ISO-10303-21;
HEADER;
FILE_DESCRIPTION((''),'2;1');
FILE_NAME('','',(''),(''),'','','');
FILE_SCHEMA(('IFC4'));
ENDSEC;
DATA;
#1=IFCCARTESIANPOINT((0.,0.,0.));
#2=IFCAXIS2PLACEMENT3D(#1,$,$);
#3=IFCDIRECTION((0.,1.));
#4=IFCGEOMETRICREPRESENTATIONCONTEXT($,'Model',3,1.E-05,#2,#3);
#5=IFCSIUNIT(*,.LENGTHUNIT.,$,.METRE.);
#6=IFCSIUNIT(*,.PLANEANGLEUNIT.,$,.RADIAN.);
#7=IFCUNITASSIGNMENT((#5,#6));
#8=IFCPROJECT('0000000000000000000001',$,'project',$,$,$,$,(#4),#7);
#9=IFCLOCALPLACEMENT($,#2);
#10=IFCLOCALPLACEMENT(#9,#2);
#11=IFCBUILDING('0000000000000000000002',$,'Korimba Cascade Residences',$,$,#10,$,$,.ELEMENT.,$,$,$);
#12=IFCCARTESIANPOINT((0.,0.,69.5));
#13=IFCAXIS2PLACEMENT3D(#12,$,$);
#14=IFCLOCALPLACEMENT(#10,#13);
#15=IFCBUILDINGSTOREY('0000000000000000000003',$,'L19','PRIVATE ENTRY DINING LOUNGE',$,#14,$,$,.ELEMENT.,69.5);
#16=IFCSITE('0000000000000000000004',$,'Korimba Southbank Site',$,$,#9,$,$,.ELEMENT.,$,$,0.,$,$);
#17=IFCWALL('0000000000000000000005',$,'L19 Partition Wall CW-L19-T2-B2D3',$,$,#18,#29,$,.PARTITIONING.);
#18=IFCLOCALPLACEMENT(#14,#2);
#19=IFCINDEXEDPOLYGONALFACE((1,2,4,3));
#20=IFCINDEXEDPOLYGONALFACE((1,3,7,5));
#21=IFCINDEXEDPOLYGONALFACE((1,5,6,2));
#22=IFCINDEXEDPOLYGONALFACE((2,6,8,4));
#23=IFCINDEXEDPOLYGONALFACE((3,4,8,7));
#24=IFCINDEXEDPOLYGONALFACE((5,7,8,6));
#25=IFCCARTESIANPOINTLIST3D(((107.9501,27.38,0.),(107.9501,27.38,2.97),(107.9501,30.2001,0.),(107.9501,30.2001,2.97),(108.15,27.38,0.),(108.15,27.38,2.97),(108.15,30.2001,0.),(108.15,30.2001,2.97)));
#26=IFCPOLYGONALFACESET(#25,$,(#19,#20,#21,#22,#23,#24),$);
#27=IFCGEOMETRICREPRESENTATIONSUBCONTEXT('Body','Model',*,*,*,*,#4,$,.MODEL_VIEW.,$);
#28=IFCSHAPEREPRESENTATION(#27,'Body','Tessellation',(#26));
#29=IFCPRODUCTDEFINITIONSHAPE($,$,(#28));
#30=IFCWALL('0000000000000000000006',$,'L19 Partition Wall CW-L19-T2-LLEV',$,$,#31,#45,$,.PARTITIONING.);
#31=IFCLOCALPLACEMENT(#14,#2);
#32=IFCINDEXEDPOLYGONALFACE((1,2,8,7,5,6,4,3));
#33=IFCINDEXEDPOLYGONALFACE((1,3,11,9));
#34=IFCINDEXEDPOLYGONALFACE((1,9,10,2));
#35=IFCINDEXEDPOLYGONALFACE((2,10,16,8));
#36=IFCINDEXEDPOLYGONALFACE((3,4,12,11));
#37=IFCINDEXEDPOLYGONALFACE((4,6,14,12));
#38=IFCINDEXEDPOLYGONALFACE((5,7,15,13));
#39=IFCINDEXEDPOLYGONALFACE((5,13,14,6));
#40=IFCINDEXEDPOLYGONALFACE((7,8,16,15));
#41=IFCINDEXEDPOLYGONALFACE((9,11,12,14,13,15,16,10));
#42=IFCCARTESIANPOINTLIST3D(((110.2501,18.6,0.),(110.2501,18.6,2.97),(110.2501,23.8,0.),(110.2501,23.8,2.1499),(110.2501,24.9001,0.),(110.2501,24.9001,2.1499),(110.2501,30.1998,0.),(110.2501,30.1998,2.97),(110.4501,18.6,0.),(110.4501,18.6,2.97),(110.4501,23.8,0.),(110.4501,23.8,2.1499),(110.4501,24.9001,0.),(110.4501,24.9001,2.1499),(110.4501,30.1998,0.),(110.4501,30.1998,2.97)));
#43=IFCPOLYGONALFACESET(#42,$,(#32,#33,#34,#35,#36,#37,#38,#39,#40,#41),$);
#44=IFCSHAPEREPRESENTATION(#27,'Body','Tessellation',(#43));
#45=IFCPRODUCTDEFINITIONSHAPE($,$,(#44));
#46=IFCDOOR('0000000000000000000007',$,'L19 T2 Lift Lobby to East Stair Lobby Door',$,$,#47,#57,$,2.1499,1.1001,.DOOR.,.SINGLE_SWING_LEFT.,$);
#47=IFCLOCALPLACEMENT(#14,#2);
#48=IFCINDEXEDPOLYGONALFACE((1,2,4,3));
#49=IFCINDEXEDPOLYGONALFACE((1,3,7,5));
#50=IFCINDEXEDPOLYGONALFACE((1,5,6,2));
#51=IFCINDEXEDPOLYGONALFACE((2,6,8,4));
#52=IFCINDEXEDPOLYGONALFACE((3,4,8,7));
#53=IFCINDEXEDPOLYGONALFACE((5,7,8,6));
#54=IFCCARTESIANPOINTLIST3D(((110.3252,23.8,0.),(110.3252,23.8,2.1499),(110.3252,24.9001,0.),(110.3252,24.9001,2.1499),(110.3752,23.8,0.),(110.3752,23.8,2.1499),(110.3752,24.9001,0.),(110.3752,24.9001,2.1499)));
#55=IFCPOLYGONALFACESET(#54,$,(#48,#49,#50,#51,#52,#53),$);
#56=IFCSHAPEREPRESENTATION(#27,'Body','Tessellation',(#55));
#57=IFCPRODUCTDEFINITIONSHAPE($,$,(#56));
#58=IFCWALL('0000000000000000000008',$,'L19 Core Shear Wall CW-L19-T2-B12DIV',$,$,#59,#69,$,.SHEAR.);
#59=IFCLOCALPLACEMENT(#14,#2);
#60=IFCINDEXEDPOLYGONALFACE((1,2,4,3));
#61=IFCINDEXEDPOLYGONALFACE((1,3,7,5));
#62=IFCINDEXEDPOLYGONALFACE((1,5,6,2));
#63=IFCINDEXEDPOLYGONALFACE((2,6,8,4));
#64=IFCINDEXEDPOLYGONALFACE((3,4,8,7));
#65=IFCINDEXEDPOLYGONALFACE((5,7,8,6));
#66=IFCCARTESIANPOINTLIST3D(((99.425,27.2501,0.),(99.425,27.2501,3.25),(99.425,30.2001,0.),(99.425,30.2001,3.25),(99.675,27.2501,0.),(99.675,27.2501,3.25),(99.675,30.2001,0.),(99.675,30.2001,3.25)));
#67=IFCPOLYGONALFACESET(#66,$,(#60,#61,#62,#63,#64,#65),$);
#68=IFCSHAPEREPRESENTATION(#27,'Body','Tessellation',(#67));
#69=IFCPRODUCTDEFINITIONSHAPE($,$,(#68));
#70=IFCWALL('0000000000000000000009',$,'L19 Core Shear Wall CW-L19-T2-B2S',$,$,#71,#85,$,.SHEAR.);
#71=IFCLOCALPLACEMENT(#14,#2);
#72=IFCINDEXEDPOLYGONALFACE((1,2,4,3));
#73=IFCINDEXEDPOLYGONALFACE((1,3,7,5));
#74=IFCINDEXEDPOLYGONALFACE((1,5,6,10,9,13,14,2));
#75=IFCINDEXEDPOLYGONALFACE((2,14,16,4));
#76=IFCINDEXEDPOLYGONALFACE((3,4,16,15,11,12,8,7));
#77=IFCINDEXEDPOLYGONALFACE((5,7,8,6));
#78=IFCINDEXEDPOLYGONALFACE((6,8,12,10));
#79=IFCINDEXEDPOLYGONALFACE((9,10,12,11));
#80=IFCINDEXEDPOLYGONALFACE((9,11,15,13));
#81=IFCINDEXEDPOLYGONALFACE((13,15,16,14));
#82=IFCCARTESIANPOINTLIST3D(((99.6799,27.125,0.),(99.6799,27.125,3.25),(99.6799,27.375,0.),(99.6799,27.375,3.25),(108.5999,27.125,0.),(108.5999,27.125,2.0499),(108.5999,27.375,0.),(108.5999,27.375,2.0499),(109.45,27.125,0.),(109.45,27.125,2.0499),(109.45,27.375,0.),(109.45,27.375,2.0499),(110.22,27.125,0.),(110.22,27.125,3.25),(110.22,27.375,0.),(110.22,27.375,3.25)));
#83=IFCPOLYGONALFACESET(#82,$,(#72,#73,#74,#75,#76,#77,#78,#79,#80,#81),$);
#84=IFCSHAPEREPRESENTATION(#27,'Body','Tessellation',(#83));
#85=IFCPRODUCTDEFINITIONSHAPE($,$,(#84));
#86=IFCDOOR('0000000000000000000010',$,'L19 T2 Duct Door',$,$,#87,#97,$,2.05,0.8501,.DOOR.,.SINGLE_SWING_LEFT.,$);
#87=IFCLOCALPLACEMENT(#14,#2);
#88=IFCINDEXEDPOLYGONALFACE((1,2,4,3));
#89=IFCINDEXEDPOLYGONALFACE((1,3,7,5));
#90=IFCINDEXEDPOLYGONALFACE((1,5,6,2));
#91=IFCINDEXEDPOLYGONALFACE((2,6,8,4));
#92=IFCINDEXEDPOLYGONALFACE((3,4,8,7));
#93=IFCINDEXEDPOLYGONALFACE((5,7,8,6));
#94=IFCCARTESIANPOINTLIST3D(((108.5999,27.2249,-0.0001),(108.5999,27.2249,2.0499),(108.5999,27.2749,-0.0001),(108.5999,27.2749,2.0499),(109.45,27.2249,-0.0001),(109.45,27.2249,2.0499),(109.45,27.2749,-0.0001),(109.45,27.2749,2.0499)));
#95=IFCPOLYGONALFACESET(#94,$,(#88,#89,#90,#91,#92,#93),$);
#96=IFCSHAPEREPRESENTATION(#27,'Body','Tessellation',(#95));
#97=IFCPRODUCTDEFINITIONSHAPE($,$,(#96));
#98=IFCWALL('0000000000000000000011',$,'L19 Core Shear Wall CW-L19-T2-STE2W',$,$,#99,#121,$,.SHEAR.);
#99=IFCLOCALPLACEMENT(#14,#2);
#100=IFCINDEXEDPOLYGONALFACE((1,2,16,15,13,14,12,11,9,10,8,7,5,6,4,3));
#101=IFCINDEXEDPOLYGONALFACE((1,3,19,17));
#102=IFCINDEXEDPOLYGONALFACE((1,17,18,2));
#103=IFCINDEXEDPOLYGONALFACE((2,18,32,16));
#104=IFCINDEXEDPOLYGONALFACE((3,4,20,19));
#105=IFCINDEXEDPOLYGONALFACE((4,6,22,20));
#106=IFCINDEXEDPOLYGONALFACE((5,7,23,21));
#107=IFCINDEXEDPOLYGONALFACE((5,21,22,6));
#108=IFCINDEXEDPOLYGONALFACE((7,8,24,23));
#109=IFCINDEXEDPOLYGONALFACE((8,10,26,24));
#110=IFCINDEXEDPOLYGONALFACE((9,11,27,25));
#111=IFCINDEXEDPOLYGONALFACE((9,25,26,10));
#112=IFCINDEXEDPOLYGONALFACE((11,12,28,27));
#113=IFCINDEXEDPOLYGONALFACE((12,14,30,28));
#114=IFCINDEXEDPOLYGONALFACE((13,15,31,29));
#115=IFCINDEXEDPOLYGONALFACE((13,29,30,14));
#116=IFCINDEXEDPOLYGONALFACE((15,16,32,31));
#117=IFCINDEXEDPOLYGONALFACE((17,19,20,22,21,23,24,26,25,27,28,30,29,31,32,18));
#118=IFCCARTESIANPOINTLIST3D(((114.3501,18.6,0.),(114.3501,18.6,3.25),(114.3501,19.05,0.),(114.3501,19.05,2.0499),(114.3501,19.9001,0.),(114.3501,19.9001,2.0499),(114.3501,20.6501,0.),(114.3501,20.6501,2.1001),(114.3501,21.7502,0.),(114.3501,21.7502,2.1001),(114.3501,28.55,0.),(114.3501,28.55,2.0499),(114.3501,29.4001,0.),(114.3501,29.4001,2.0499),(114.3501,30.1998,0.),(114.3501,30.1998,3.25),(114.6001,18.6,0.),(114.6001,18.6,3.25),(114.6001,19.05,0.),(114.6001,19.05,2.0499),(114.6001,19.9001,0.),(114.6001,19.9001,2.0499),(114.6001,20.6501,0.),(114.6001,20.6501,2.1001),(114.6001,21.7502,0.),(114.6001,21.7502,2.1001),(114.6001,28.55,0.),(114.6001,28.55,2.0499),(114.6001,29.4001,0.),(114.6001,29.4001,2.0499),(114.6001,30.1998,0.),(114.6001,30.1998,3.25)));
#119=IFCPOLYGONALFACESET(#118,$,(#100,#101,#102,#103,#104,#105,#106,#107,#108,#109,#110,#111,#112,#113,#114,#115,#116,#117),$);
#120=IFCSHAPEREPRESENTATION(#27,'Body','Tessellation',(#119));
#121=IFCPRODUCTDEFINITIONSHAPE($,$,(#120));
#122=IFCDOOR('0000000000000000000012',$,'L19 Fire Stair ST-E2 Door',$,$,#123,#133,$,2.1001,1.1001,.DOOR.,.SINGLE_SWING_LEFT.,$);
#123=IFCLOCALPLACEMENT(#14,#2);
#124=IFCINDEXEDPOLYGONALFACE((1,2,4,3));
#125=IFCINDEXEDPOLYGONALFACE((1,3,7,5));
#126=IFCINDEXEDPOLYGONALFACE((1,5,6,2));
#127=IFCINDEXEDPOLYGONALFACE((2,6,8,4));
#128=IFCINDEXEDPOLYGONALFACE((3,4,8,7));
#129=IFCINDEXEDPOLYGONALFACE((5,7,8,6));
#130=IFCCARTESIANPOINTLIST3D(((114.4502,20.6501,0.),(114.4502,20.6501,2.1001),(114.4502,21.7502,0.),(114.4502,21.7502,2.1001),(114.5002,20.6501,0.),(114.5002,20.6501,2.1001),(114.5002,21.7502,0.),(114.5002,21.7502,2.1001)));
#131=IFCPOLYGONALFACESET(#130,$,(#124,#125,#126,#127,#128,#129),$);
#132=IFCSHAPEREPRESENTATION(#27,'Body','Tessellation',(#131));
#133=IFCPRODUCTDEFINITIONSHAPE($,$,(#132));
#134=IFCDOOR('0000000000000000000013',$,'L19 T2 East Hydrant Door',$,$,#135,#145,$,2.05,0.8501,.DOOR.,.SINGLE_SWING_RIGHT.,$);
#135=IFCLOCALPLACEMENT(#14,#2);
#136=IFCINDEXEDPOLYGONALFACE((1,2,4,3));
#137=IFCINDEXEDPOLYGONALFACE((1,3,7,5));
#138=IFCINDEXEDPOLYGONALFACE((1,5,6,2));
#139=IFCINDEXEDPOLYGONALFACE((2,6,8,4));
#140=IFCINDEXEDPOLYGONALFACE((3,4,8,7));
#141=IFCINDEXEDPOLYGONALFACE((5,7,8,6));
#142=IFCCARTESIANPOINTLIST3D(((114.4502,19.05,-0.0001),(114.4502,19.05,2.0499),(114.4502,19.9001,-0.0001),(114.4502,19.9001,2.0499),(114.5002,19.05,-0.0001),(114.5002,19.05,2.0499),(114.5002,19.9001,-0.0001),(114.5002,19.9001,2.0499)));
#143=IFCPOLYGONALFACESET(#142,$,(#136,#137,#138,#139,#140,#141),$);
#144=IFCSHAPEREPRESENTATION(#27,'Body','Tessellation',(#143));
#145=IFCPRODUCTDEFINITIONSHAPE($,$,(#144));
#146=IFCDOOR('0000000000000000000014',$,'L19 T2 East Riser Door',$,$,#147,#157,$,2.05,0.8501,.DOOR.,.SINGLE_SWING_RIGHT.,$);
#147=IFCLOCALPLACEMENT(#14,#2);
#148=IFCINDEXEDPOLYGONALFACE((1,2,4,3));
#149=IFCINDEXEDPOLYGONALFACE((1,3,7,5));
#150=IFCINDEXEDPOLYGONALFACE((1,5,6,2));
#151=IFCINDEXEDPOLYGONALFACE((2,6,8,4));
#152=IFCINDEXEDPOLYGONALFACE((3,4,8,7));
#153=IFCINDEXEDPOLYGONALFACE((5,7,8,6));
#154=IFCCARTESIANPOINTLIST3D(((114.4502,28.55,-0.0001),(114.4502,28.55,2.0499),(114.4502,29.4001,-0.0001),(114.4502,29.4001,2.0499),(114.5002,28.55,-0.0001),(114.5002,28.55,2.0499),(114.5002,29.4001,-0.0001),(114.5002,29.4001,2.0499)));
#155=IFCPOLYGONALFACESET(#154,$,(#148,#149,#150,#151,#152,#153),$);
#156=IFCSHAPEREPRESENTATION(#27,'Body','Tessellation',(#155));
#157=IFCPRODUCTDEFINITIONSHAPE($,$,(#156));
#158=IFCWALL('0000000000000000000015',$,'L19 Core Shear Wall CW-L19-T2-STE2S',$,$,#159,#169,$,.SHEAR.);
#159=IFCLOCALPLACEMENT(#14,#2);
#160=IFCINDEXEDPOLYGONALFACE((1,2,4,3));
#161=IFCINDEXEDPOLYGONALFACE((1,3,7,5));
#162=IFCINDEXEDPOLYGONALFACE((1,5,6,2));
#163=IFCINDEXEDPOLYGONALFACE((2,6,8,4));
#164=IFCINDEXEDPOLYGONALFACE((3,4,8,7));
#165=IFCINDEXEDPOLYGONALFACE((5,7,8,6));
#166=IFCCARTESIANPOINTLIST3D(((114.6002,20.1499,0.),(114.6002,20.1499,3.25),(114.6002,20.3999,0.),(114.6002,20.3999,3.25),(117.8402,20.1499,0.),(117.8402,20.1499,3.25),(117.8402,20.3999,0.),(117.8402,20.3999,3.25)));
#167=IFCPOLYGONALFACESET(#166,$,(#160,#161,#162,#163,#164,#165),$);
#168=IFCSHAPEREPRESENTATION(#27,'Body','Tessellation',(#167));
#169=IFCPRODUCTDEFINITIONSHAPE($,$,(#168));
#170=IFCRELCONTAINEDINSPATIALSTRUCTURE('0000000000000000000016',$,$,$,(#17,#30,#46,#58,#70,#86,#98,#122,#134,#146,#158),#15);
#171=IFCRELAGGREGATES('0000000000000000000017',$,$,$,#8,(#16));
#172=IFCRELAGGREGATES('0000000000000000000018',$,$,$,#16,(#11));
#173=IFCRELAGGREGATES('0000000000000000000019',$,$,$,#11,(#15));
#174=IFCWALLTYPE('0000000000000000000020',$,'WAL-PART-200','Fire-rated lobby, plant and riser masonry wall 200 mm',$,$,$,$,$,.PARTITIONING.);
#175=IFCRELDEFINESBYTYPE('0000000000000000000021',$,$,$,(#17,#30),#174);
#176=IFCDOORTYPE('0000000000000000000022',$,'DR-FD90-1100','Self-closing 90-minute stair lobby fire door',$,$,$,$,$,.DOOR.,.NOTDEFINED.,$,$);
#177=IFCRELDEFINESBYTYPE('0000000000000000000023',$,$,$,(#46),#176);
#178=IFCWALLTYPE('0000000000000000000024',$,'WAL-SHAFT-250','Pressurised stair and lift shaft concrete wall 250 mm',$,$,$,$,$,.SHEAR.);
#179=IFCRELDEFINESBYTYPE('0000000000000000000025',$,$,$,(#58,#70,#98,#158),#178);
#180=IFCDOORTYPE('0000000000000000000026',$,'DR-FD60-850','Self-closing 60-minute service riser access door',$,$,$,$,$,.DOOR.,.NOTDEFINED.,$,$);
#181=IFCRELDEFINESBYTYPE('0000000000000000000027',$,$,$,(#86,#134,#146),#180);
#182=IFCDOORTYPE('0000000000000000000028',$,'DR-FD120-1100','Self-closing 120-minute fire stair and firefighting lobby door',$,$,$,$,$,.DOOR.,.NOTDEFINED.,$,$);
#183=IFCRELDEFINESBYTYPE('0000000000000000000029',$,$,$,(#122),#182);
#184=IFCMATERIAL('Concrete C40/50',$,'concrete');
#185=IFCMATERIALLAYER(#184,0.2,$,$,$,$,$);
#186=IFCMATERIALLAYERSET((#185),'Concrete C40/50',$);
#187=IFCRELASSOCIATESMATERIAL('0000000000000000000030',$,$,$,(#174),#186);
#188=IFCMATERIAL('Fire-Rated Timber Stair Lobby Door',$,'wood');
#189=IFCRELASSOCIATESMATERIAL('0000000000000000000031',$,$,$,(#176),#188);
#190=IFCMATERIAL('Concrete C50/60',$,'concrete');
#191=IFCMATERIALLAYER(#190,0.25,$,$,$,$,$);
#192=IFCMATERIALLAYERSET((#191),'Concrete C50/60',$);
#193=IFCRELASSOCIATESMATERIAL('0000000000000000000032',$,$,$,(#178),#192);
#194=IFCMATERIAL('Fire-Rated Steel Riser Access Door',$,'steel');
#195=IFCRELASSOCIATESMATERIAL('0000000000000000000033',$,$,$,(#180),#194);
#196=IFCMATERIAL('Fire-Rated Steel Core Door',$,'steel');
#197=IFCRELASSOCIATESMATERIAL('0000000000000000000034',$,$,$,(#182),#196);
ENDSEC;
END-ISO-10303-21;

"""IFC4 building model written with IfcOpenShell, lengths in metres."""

from ifc_helpers import new_model, si_unit, direction, frame, frame_2d, origin, place, context, subcontext, project, spatial, rectangle, extrude, material, layer, layer_set, type_object, element, fill, save


model = new_model("IFC4")

# Units and contexts
model_context = context("Model", 3, precision=1e-05, world=origin(), true_north=direction((0.0, 1.0)))
body_context = subcontext(model_context, "Body", "Model", "MODEL_VIEW")
ifc_project = project(units=[si_unit("LENGTHUNIT", "METRE"), si_unit("PLANEANGLEUNIT", "RADIAN")], contexts=[model_context])

# Site, building, storey
site_placement = place(None, origin())
site = spatial("IfcSite", under=ifc_project, at=site_placement, Name="Korimba Southbank Site", CompositionType="ELEMENT", RefElevation=0.0)
building_placement = place(site_placement, origin())
building = spatial("IfcBuilding", under=site, at=building_placement, Name="Korimba Cascade Residences", CompositionType="ELEMENT")
storey_placement = place(building_placement, frame((0.0, 0.0, 69.5)))
storey = spatial("IfcBuildingStorey", under=building, at=storey_placement, Name="L19", Description="PRIVATE ENTRY DINING LOUNGE", CompositionType="ELEMENT", Elevation=69.5)

# Shared definitions
ifc_material_1 = material(Name="Concrete C50/60", Category="concrete")

# Wall
ifc_material_2 = material(Name="Concrete C40/50", Category="concrete")
ifc_layer_1 = layer(ifc_material_2, 0.2)
ifc_layer_set_1 = layer_set([ifc_layer_1], Name="Concrete C40/50")
wall_type_1 = type_object("IfcWallType", Name="WAL-PART-200", Description="Fire-rated lobby, plant and riser masonry wall 200 mm", PredefinedType="PARTITIONING", material=ifc_layer_set_1)
for number, where, z_axis, x_axis, name in (
    (1, (108.05, 27.3799, 0.0), (0.0, 0.0, 1.0), (0.0, 1.0, 0.0), "L19 Partition Wall CW-L19-T2-B2D3"),
):
    element("IfcWall", number, at=place(storey_placement, frame(where, z_axis=z_axis, x_axis=x_axis)), inside=storey, type_object=wall_type_1, Name=name, PredefinedType="PARTITIONING", context=body_context, shape_type="SweptSolid", body=[
        extrude(rectangle(XDim=2.8201, YDim=0.2, at=frame_2d((1.4102, 0.0))), origin(), (0.0, 0.0, 1.0), 2.97),
    ])

# Wall, opening, door
wall_1_placement = place(storey_placement, frame((110.3501, 18.6001, 0.0), z_axis=(0.0, 0.0, 1.0), x_axis=(0.0, 1.0, 0.0)))
wall_1 = element("IfcWall", 2, at=wall_1_placement, inside=storey, type_object=wall_type_1, Name="L19 Partition Wall CW-L19-T2-LLEV", PredefinedType="PARTITIONING", context=body_context, shape_type="SweptSolid", body=[
    extrude(rectangle(XDim=11.5999, YDim=0.2, at=frame_2d((5.7998, 0.0))), origin(), (0.0, 0.0, 1.0), 2.97),
])
opening_1_placement = place(wall_1_placement, frame((5.2, 0.0, 0.0)))
opening_1 = element("IfcOpeningElement", 3, at=opening_1_placement, cuts=wall_1, PredefinedType="OPENING", context=body_context, shape_type="SweptSolid", body=[
    extrude(rectangle(XDim=1.1001, YDim=2.1499, at=frame_2d((0.55, 1.075))), frame((0.0, 0.1099, 0.0), z_axis=(0.0, -1.0, 0.0), x_axis=(1.0, 0.0, 0.0)), (0.0, 0.0, 1.0), 0.22),
])
ifc_material_3 = material(Name="Fire-Rated Timber Stair Lobby Door", Category="wood")
door_type_1 = type_object("IfcDoorType", Name="DR-FD90-1100", Description="Self-closing 90-minute stair lobby fire door", OperationType="NOTDEFINED", PredefinedType="DOOR", material=ifc_material_3)
door_1_placement = place(opening_1_placement, origin())
door_1 = element("IfcDoor", 4, at=door_1_placement, inside=storey, type_object=door_type_1, Name="L19 T2 Lift Lobby to East Stair Lobby Door", OperationType="SINGLE_SWING_LEFT", OverallHeight=2.1499, OverallWidth=1.1001, PredefinedType="DOOR", context=body_context, shape_type="SweptSolid", body=[
    extrude(rectangle(XDim=1.1001, YDim=2.1499, at=frame_2d((0.55, 1.075))), frame((0.0, 0.0249, 0.0), z_axis=(0.0, -1.0, 0.0), x_axis=(1.0, 0.0, 0.0)), (0.0, 0.0, 1.0), 0.05),
])
fill(opening_1, door_1)

# Wall
ifc_layer_2 = layer(ifc_material_1, 0.25)
ifc_layer_set_2 = layer_set([ifc_layer_2], Name="Concrete C50/60")
wall_type_2 = type_object("IfcWallType", Name="WAL-SHAFT-250", Description="Pressurised stair and lift shaft concrete wall 250 mm", PredefinedType="SHEAR", material=ifc_layer_set_2)
wall_2_placement = place(storey_placement, frame((99.55, 27.25, 0.0), z_axis=(0.0, 0.0, 1.0), x_axis=(0.0, 1.0, 0.0)))
element("IfcWall", 5, at=wall_2_placement, inside=storey, type_object=wall_type_2, Name="L19 Core Shear Wall CW-L19-T2-B12DIV", PredefinedType="SHEAR", context=body_context, shape_type="SweptSolid", body=[
    extrude(rectangle(XDim=2.95, YDim=0.25, at=frame_2d((1.4751, 0.0))), origin(), (0.0, 0.0, 1.0), 3.25),
])

# Wall, opening, door
wall_3_placement = place(storey_placement, frame((99.6799, 27.25, 0.0), z_axis=(0.0, 0.0, 1.0), x_axis=(1.0, 0.0, 0.0)))
wall_3 = element("IfcWall", 6, at=wall_3_placement, inside=storey, type_object=wall_type_2, Name="L19 Core Shear Wall CW-L19-T2-B2S", PredefinedType="SHEAR", context=body_context, shape_type="SweptSolid", body=[
    extrude(rectangle(XDim=10.54, YDim=0.25, at=frame_2d((5.27, 0.0))), origin(), (0.0, 0.0, 1.0), 3.25),
])
opening_2_placement = place(wall_3_placement, frame((8.9199, 0.0, 0.0)))
opening_2 = element("IfcOpeningElement", 7, at=opening_2_placement, cuts=wall_3, PredefinedType="OPENING", context=body_context, shape_type="SweptSolid", body=[
    extrude(rectangle(XDim=0.8501, YDim=2.05, at=frame_2d((0.425, 1.0249))), frame((0.0, 0.135, 0.0), z_axis=(0.0, -1.0, 0.0), x_axis=(1.0, 0.0, 0.0)), (0.0, 0.0, 1.0), 0.27),
])
ifc_material_4 = material(Name="Fire-Rated Steel Riser Access Door", Category="steel")
door_type_2 = type_object("IfcDoorType", Name="DR-FD60-850", Description="Self-closing 60-minute service riser access door", OperationType="NOTDEFINED", PredefinedType="DOOR", material=ifc_material_4)
door_2_placement = place(opening_2_placement, origin())
door_2 = element("IfcDoor", 8, at=door_2_placement, inside=storey, type_object=door_type_2, Name="L19 T2 Duct Door", OperationType="SINGLE_SWING_LEFT", OverallHeight=2.05, OverallWidth=0.8501, PredefinedType="DOOR", context=body_context, shape_type="SweptSolid", body=[
    extrude(rectangle(XDim=0.8501, YDim=2.05, at=frame_2d((0.425, 1.0249))), frame((0.0, 0.0249, 0.0), z_axis=(0.0, -1.0, 0.0), x_axis=(1.0, 0.0, 0.0)), (0.0, 0.0, 1.0), 0.05),
])
fill(opening_2, door_2)

# Wall, openings, doors
wall_4_placement = place(storey_placement, frame((114.4751, 18.6001, 0.0), z_axis=(0.0, 0.0, 1.0), x_axis=(0.0, 1.0, 0.0)))
wall_4 = element("IfcWall", 9, at=wall_4_placement, inside=storey, type_object=wall_type_2, Name="L19 Core Shear Wall CW-L19-T2-STE2W", PredefinedType="SHEAR", context=body_context, shape_type="SweptSolid", body=[
    extrude(rectangle(XDim=11.5999, YDim=0.25, at=frame_2d((5.7998, 0.0))), origin(), (0.0, 0.0, 1.0), 3.25),
])
opening_3_placement = place(wall_4_placement, frame((0.45, 0.0, 0.0)))
opening_3 = element("IfcOpeningElement", 10, at=opening_3_placement, cuts=wall_4, PredefinedType="OPENING", context=body_context, shape_type="SweptSolid", body=[
    extrude(rectangle(XDim=0.8501, YDim=2.05, at=frame_2d((0.425, 1.0249))), frame((0.0, 0.135, 0.0), z_axis=(0.0, -1.0, 0.0), x_axis=(1.0, 0.0, 0.0)), (0.0, 0.0, 1.0), 0.27),
])
opening_4_placement = place(wall_4_placement, frame((2.05, 0.0, 0.0)))
opening_4 = element("IfcOpeningElement", 11, at=opening_4_placement, cuts=wall_4, PredefinedType="OPENING", context=body_context, shape_type="SweptSolid", body=[
    extrude(rectangle(XDim=1.1001, YDim=2.1001, at=frame_2d((0.55, 1.05))), frame((0.0, 0.135, 0.0), z_axis=(0.0, -1.0, 0.0), x_axis=(1.0, 0.0, 0.0)), (0.0, 0.0, 1.0), 0.27),
])
opening_5_placement = place(wall_4_placement, frame((9.95, 0.0, 0.0)))
opening_5 = element("IfcOpeningElement", 12, at=opening_5_placement, cuts=wall_4, PredefinedType="OPENING", context=body_context, shape_type="SweptSolid", body=[
    extrude(rectangle(XDim=0.8501, YDim=2.05, at=frame_2d((0.425, 1.0249))), frame((0.0, 0.135, 0.0), z_axis=(0.0, -1.0, 0.0), x_axis=(1.0, 0.0, 0.0)), (0.0, 0.0, 1.0), 0.27),
])
ifc_material_5 = material(Name="Fire-Rated Steel Core Door", Category="steel")
door_type_3 = type_object("IfcDoorType", Name="DR-FD120-1100", Description="Self-closing 120-minute fire stair and firefighting lobby door", OperationType="NOTDEFINED", PredefinedType="DOOR", material=ifc_material_5)
door_3_placement = place(opening_4_placement, origin())
door_3 = element("IfcDoor", 13, at=door_3_placement, inside=storey, type_object=door_type_3, Name="L19 Fire Stair ST-E2 Door", OperationType="SINGLE_SWING_LEFT", OverallHeight=2.1001, OverallWidth=1.1001, PredefinedType="DOOR", context=body_context, shape_type="SweptSolid", body=[
    extrude(rectangle(XDim=1.1001, YDim=2.1001, at=frame_2d((0.55, 1.05))), frame((0.0, 0.0249, 0.0), z_axis=(0.0, -1.0, 0.0), x_axis=(1.0, 0.0, 0.0)), (0.0, 0.0, 1.0), 0.05),
])
fill(opening_4, door_3)
door_4_placement = place(opening_3_placement, origin())
door_4 = element("IfcDoor", 14, at=door_4_placement, inside=storey, type_object=door_type_2, Name="L19 T2 East Hydrant Door", OperationType="SINGLE_SWING_RIGHT", OverallHeight=2.05, OverallWidth=0.8501, PredefinedType="DOOR", context=body_context, shape_type="SweptSolid", body=[
    extrude(rectangle(XDim=0.8501, YDim=2.05, at=frame_2d((0.425, 1.0249))), frame((0.0, 0.0249, 0.0), z_axis=(0.0, -1.0, 0.0), x_axis=(1.0, 0.0, 0.0)), (0.0, 0.0, 1.0), 0.05),
])
fill(opening_3, door_4)
door_5_placement = place(opening_5_placement, origin())
door_5 = element("IfcDoor", 15, at=door_5_placement, inside=storey, type_object=door_type_2, Name="L19 T2 East Riser Door", OperationType="SINGLE_SWING_RIGHT", OverallHeight=2.05, OverallWidth=0.8501, PredefinedType="DOOR", context=body_context, shape_type="SweptSolid", body=[
    extrude(rectangle(XDim=0.8501, YDim=2.05, at=frame_2d((0.425, 1.0249))), frame((0.0, 0.0249, 0.0), z_axis=(0.0, -1.0, 0.0), x_axis=(1.0, 0.0, 0.0)), (0.0, 0.0, 1.0), 0.05),
])
fill(opening_5, door_5)

# Wall
for number, where, z_axis, x_axis, name in (
    (16, (114.6001, 20.2749, 0.0), (0.0, 0.0, 1.0), (1.0, 0.0, 0.0), "L19 Core Shear Wall CW-L19-T2-STE2S"),
):
    element("IfcWall", number, at=place(storey_placement, frame(where, z_axis=z_axis, x_axis=x_axis)), inside=storey, type_object=wall_type_2, Name=name, PredefinedType="SHEAR", context=body_context, shape_type="SweptSolid", body=[
        extrude(rectangle(XDim=3.24, YDim=0.25, at=frame_2d((1.6201, 0.0))), origin(), (0.0, 0.0, 1.0), 3.25),
    ])

save(model, "model.ifc")
